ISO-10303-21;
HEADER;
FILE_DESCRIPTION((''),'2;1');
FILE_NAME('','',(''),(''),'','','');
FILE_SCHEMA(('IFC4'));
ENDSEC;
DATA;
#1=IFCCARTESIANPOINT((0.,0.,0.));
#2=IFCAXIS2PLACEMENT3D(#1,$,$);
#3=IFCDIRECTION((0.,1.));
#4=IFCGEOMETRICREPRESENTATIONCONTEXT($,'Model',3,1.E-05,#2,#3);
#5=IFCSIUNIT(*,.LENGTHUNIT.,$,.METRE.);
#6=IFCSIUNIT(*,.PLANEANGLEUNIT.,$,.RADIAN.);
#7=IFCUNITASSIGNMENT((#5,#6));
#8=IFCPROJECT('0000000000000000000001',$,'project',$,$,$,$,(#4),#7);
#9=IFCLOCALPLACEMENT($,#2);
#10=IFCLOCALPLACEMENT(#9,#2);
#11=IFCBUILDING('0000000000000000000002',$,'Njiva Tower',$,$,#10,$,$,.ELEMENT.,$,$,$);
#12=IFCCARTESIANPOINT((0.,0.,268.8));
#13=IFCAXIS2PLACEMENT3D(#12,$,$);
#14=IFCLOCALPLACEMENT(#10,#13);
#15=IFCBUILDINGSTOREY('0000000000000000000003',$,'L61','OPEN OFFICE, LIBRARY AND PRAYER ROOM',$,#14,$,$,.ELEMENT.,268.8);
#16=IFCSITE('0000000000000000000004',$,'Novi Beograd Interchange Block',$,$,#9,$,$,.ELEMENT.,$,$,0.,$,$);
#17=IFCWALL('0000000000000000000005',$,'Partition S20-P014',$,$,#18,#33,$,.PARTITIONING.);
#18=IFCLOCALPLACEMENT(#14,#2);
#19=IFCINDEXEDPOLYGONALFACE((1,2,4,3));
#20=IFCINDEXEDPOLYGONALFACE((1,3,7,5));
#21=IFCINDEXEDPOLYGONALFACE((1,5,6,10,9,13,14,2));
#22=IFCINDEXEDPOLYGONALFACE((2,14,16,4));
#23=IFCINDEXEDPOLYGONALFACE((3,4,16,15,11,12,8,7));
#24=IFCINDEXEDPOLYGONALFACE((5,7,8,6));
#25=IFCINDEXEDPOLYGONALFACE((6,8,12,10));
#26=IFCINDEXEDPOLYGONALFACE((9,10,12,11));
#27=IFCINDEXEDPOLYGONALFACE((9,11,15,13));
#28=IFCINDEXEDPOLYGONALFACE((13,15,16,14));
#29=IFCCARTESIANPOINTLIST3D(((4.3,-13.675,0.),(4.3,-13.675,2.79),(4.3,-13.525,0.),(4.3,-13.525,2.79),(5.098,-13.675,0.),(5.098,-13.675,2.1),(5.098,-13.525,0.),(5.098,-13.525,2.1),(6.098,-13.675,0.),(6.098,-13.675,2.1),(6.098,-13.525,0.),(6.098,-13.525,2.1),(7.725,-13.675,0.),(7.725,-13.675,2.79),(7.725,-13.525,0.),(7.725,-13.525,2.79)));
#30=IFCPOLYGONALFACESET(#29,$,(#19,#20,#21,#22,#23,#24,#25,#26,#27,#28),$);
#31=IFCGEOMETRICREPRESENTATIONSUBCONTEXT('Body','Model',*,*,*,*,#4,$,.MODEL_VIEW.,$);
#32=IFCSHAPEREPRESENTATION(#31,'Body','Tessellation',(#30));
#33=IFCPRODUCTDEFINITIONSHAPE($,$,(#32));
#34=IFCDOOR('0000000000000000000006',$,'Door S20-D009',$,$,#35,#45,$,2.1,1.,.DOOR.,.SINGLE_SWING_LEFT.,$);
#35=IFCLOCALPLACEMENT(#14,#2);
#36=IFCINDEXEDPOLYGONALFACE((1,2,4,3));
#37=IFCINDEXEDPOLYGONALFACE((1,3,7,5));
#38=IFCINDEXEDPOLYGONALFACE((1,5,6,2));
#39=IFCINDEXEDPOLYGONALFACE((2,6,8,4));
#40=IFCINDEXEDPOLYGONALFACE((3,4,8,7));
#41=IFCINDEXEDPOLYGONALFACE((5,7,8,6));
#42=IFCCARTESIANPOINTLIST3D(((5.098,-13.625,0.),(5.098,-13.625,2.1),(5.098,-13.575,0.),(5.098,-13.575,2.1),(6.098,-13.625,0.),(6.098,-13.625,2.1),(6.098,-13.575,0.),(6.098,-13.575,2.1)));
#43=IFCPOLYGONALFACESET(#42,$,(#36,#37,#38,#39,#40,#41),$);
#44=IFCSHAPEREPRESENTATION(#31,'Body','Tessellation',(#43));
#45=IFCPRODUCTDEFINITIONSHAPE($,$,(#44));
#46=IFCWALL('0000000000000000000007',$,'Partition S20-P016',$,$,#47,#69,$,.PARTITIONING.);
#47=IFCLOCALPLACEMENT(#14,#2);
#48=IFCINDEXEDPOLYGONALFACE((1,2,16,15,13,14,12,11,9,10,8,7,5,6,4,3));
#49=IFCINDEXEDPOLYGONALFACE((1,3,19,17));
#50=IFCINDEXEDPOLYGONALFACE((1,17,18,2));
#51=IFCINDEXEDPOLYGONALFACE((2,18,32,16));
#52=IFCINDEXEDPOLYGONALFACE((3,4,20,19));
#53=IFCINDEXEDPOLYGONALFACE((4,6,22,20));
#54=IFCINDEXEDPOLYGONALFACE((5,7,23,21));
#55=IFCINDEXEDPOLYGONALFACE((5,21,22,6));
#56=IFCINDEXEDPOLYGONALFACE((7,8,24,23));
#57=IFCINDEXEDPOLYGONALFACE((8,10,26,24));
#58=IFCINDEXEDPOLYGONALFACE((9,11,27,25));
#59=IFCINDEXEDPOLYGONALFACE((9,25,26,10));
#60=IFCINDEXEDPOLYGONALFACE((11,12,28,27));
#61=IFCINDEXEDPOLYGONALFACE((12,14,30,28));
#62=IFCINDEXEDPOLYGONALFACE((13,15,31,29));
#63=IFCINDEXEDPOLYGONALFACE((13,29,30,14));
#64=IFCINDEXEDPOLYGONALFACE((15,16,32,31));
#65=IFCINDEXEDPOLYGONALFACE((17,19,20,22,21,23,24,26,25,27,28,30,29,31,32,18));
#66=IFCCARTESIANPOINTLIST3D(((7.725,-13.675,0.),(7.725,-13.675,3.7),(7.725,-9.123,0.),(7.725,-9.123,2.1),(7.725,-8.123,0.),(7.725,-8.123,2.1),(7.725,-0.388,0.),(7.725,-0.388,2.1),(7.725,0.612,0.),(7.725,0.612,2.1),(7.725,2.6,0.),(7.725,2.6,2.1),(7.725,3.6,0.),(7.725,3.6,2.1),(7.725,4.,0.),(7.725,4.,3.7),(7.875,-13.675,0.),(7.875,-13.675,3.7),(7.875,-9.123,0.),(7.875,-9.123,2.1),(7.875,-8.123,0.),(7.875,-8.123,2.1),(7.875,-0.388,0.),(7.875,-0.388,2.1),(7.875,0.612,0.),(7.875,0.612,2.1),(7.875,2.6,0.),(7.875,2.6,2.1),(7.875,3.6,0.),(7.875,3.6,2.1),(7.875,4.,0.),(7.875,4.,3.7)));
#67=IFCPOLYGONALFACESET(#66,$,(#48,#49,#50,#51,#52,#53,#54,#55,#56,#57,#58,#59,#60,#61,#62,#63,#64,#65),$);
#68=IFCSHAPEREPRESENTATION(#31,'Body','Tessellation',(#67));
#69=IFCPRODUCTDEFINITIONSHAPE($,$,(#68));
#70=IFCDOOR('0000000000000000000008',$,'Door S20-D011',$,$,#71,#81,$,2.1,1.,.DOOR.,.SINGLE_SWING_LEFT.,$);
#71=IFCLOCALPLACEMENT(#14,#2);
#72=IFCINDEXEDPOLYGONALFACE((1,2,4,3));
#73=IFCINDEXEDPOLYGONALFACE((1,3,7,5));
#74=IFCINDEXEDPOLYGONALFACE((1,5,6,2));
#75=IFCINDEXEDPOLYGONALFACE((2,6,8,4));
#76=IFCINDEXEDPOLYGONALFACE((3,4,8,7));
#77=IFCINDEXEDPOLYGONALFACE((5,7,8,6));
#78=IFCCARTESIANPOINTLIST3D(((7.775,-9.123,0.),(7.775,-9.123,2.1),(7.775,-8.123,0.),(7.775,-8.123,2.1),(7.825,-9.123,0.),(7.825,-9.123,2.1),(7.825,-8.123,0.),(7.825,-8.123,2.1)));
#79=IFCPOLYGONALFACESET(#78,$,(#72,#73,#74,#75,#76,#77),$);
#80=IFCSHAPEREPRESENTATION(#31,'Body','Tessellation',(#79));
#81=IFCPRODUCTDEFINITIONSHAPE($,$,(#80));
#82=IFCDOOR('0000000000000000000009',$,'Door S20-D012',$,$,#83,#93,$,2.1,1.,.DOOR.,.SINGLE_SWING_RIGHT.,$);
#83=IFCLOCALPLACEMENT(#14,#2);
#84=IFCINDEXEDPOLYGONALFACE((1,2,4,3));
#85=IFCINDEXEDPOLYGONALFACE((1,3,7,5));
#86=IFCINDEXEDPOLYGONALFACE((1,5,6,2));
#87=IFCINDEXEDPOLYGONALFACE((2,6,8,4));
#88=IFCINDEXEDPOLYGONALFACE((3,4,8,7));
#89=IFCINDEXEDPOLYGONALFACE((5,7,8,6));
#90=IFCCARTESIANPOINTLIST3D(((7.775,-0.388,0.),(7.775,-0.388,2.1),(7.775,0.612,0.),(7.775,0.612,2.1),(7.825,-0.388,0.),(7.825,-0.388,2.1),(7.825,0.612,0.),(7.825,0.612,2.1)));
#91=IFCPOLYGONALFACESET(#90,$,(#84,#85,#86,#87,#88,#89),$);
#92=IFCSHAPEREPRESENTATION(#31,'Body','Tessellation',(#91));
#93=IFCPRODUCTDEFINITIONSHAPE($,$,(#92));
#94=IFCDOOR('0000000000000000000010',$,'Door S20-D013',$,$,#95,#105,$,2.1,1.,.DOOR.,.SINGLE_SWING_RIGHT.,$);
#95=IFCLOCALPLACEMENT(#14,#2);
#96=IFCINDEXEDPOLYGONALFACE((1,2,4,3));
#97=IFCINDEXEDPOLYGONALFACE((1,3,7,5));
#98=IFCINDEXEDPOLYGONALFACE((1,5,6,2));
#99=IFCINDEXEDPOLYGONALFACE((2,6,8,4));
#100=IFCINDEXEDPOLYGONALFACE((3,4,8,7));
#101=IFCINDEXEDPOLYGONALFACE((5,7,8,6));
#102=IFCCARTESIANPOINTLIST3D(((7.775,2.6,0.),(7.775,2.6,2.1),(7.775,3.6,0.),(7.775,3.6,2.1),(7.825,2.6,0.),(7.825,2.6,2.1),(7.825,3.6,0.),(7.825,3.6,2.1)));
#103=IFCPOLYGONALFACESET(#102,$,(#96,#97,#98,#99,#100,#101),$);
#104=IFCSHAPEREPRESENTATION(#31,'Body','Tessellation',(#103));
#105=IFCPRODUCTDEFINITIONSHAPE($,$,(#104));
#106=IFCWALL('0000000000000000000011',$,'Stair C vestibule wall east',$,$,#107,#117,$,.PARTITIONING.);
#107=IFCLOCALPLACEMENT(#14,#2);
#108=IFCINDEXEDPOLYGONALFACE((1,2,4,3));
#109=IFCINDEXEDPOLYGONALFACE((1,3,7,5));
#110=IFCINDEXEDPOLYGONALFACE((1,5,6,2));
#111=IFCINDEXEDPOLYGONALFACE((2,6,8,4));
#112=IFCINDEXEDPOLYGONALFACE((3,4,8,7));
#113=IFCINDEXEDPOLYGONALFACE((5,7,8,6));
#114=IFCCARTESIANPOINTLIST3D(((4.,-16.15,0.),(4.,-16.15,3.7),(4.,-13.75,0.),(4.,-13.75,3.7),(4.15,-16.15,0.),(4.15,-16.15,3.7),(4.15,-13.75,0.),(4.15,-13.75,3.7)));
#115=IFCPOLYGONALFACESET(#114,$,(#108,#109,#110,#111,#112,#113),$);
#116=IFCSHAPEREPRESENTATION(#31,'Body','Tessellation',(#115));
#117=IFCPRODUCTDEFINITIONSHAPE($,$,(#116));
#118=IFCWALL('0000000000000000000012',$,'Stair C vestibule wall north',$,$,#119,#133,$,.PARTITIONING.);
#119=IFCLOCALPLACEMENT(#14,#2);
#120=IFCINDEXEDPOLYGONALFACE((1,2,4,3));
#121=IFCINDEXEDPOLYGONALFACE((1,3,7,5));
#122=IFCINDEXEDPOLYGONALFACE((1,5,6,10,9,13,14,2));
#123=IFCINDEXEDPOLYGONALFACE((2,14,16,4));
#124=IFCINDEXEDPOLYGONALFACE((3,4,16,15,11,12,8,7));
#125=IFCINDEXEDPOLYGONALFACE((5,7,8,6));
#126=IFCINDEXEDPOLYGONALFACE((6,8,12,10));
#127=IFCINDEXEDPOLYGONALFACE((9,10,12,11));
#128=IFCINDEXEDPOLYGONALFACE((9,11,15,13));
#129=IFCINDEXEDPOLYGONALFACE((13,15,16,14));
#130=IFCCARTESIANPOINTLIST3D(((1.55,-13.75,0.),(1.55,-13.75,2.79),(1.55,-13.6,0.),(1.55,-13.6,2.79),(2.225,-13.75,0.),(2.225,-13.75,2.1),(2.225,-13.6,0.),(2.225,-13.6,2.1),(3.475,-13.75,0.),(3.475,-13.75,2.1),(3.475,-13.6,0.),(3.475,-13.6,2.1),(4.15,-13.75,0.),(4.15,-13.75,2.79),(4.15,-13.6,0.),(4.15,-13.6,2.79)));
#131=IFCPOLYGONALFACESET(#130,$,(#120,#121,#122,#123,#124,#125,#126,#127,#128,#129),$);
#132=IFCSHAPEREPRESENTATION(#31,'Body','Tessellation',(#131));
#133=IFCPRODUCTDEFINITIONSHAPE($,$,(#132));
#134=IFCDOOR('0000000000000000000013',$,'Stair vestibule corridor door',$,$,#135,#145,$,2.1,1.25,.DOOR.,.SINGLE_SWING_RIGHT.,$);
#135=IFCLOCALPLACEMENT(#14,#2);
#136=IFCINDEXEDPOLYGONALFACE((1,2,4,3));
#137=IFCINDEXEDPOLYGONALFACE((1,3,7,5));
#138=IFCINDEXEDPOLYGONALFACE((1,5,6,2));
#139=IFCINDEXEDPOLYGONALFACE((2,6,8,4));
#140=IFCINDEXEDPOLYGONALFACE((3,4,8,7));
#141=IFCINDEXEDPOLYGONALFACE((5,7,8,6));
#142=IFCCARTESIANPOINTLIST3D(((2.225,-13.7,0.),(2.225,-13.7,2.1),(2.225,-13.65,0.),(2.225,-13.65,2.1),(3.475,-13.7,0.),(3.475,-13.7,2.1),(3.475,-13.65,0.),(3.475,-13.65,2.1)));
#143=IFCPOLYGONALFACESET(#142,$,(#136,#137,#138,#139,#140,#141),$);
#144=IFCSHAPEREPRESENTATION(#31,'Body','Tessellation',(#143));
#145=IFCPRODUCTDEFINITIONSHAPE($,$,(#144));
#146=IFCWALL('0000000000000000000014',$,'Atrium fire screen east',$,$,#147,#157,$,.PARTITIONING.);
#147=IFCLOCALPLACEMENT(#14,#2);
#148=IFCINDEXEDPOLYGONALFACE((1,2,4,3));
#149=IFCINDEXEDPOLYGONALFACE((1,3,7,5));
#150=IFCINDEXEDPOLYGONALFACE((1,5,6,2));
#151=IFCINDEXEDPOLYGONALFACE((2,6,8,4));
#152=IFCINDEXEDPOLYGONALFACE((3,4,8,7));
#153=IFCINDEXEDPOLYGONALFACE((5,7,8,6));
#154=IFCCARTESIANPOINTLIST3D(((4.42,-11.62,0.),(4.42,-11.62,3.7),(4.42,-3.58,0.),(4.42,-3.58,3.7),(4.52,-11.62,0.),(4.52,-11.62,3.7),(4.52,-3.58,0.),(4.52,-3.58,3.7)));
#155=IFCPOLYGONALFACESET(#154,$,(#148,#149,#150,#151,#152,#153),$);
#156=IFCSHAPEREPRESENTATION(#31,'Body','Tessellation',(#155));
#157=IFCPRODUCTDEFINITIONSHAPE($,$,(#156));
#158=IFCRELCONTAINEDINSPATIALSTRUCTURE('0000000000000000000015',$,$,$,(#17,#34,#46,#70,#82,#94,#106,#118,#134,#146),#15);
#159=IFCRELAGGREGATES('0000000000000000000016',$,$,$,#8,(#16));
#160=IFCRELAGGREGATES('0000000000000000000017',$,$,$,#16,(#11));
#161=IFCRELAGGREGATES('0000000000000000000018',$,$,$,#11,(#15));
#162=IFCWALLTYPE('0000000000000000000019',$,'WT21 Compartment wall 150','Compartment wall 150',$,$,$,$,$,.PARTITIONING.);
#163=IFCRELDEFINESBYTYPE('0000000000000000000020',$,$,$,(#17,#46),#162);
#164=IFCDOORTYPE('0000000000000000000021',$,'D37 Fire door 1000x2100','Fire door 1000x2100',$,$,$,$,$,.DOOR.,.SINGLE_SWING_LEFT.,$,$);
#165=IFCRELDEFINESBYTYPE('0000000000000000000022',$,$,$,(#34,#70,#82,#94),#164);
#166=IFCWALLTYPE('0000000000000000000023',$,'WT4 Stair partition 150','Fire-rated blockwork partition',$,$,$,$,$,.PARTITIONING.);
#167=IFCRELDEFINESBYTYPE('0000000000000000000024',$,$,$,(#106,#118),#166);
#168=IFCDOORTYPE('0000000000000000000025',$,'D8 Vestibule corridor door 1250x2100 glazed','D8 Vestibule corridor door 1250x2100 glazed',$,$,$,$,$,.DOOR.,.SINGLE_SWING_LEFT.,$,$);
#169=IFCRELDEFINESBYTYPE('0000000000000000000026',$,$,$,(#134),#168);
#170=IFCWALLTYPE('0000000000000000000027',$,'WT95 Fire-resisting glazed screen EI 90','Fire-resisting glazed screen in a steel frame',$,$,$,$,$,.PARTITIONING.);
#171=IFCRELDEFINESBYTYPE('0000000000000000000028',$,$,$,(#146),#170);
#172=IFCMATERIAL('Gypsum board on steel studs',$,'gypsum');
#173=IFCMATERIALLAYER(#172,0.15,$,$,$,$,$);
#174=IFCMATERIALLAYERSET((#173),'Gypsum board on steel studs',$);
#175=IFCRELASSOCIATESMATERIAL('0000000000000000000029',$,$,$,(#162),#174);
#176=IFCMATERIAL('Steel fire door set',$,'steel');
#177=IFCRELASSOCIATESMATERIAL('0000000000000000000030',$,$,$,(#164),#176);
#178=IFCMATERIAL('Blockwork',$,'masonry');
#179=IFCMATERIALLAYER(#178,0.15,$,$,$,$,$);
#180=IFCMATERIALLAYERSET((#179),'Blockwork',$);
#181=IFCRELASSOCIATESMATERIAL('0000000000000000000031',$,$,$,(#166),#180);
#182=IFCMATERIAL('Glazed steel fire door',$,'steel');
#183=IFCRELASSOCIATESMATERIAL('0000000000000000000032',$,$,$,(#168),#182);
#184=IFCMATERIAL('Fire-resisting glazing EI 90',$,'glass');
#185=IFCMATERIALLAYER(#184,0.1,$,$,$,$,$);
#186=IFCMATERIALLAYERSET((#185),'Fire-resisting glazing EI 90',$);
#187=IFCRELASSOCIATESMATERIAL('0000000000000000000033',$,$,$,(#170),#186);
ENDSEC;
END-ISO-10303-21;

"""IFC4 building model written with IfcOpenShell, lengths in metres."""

from ifc_helpers import new_model, si_unit, direction, frame, frame_2d, origin, place, context, subcontext, project, spatial, rectangle, extrude, material, layer, layer_set, type_object, element, fill, save


model = new_model("IFC4")

# Units and contexts
model_context = context("Model", 3, precision=1e-05, world=origin(), true_north=direction((0.0, 1.0)))
body_context = subcontext(model_context, "Body", "Model", "MODEL_VIEW")
ifc_project = project(units=[si_unit("LENGTHUNIT", "METRE"), si_unit("PLANEANGLEUNIT", "RADIAN")], contexts=[model_context])

# Site, building, storey
site_placement = place(None, origin())
site = spatial("IfcSite", under=ifc_project, at=site_placement, Name="Novi Beograd Interchange Block", CompositionType="ELEMENT", RefElevation=0.0)
building_placement = place(site_placement, origin())
building = spatial("IfcBuilding", under=site, at=building_placement, Name="Njiva Tower", CompositionType="ELEMENT")
storey_placement = place(building_placement, frame((0.0, 0.0, 268.8)))
storey = spatial("IfcBuildingStorey", under=building, at=storey_placement, Name="L61", Description="OPEN OFFICE, LIBRARY AND PRAYER ROOM", CompositionType="ELEMENT", Elevation=268.8)

# Wall, opening, door
ifc_material_1 = material(Name="Gypsum board on steel studs", Category="gypsum")
ifc_layer_1 = layer(ifc_material_1, 0.15)
ifc_layer_set_1 = layer_set([ifc_layer_1], Name="Gypsum board on steel studs")
wall_type_1 = type_object("IfcWallType", Name="WT21 Compartment wall 150", Description="Compartment wall 150", PredefinedType="PARTITIONING", material=ifc_layer_set_1)
wall_1_placement = place(storey_placement, frame((4.3, -13.6, 0.0), z_axis=(0.0, 0.0, 1.0), x_axis=(1.0, 0.0, 0.0)))
wall_1 = element("IfcWall", 1, at=wall_1_placement, inside=storey, type_object=wall_type_1, Name="Partition S20-P014", PredefinedType="PARTITIONING", context=body_context, shape_type="SweptSolid", body=[
    extrude(rectangle(XDim=3.425, YDim=0.15, at=frame_2d((1.7125, 0.0))), origin(), (0.0, 0.0, 1.0), 2.79),
])
opening_1_placement = place(wall_1_placement, frame((0.798, 0.0, 0.0)))
opening_1 = element("IfcOpeningElement", 2, at=opening_1_placement, cuts=wall_1, PredefinedType="OPENING", context=body_context, shape_type="SweptSolid", body=[
    extrude(rectangle(XDim=1.0, YDim=2.1, at=frame_2d((0.5, 1.05))), frame((0.0, 0.085, 0.0), z_axis=(0.0, -1.0, 0.0), x_axis=(1.0, 0.0, 0.0)), (0.0, 0.0, 1.0), 0.17),
])
ifc_material_2 = material(Name="Steel fire door set", Category="steel")
door_type_1 = type_object("IfcDoorType", Name="D37 Fire door 1000x2100", Description="Fire door 1000x2100", OperationType="SINGLE_SWING_LEFT", PredefinedType="DOOR", material=ifc_material_2)
door_1_placement = place(opening_1_placement, origin())
door_1 = element("IfcDoor", 3, at=door_1_placement, inside=storey, type_object=door_type_1, Name="Door S20-D009", OperationType="SINGLE_SWING_LEFT", OverallHeight=2.1, OverallWidth=1.0, PredefinedType="DOOR", context=body_context, shape_type="SweptSolid", body=[
    extrude(rectangle(XDim=1.0, YDim=2.1, at=frame_2d((0.5, 1.05))), frame((0.0, 0.025, 0.0), z_axis=(0.0, -1.0, 0.0), x_axis=(1.0, 0.0, 0.0)), (0.0, 0.0, 1.0), 0.05),
])
fill(opening_1, door_1)

# Wall, openings, doors
wall_2_placement = place(storey_placement, frame((7.8, -13.675, 0.0), z_axis=(0.0, 0.0, 1.0), x_axis=(0.0, 1.0, 0.0)))
wall_2 = element("IfcWall", 4, at=wall_2_placement, inside=storey, type_object=wall_type_1, Name="Partition S20-P016", PredefinedType="PARTITIONING", context=body_context, shape_type="SweptSolid", body=[
    extrude(rectangle(XDim=17.675, YDim=0.15, at=frame_2d((8.8375, 0.0))), origin(), (0.0, 0.0, 1.0), 3.7),
])
opening_2_placement = place(wall_2_placement, frame((4.552, 0.0, 0.0)))
opening_2 = element("IfcOpeningElement", 5, at=opening_2_placement, cuts=wall_2, PredefinedType="OPENING", context=body_context, shape_type="SweptSolid", body=[
    extrude(rectangle(XDim=1.0, YDim=2.1, at=frame_2d((0.5, 1.05))), frame((0.0, 0.085, 0.0), z_axis=(0.0, -1.0, 0.0), x_axis=(1.0, 0.0, 0.0)), (0.0, 0.0, 1.0), 0.17),
])
opening_3_placement = place(wall_2_placement, frame((13.287, 0.0, 0.0)))
opening_3 = element("IfcOpeningElement", 6, at=opening_3_placement, cuts=wall_2, PredefinedType="OPENING", context=body_context, shape_type="SweptSolid", body=[
    extrude(rectangle(XDim=1.0, YDim=2.1, at=frame_2d((0.5, 1.05))), frame((0.0, 0.085, 0.0), z_axis=(0.0, -1.0, 0.0), x_axis=(1.0, 0.0, 0.0)), (0.0, 0.0, 1.0), 0.17),
])
opening_4_placement = place(wall_2_placement, frame((16.275, 0.0, 0.0)))
opening_4 = element("IfcOpeningElement", 7, at=opening_4_placement, cuts=wall_2, PredefinedType="OPENING", context=body_context, shape_type="SweptSolid", body=[
    extrude(rectangle(XDim=1.0, YDim=2.1, at=frame_2d((0.5, 1.05))), frame((0.0, 0.085, 0.0), z_axis=(0.0, -1.0, 0.0), x_axis=(1.0, 0.0, 0.0)), (0.0, 0.0, 1.0), 0.17),
])
door_2_placement = place(opening_2_placement, origin())
door_2 = element("IfcDoor", 8, at=door_2_placement, inside=storey, type_object=door_type_1, Name="Door S20-D011", OperationType="SINGLE_SWING_LEFT", OverallHeight=2.1, OverallWidth=1.0, PredefinedType="DOOR", context=body_context, shape_type="SweptSolid", body=[
    extrude(rectangle(XDim=1.0, YDim=2.1, at=frame_2d((0.5, 1.05))), frame((0.0, 0.025, 0.0), z_axis=(0.0, -1.0, 0.0), x_axis=(1.0, 0.0, 0.0)), (0.0, 0.0, 1.0), 0.05),
])
fill(opening_2, door_2)
door_3_placement = place(opening_3_placement, origin())
door_3 = element("IfcDoor", 9, at=door_3_placement, inside=storey, type_object=door_type_1, Name="Door S20-D012", OperationType="SINGLE_SWING_RIGHT", OverallHeight=2.1, OverallWidth=1.0, PredefinedType="DOOR", context=body_context, shape_type="SweptSolid", body=[
    extrude(rectangle(XDim=1.0, YDim=2.1, at=frame_2d((0.5, 1.05))), frame((0.0, 0.025, 0.0), z_axis=(0.0, -1.0, 0.0), x_axis=(1.0, 0.0, 0.0)), (0.0, 0.0, 1.0), 0.05),
])
fill(opening_3, door_3)
door_4_placement = place(opening_4_placement, origin())
door_4 = element("IfcDoor", 10, at=door_4_placement, inside=storey, type_object=door_type_1, Name="Door S20-D013", OperationType="SINGLE_SWING_RIGHT", OverallHeight=2.1, OverallWidth=1.0, PredefinedType="DOOR", context=body_context, shape_type="SweptSolid", body=[
    extrude(rectangle(XDim=1.0, YDim=2.1, at=frame_2d((0.5, 1.05))), frame((0.0, 0.025, 0.0), z_axis=(0.0, -1.0, 0.0), x_axis=(1.0, 0.0, 0.0)), (0.0, 0.0, 1.0), 0.05),
])
fill(opening_4, door_4)

# Wall
ifc_material_3 = material(Name="Blockwork", Category="masonry")
ifc_layer_2 = layer(ifc_material_3, 0.15)
ifc_layer_set_2 = layer_set([ifc_layer_2], Name="Blockwork")
wall_type_2 = type_object("IfcWallType", Name="WT4 Stair partition 150", Description="Fire-rated blockwork partition", PredefinedType="PARTITIONING", material=ifc_layer_set_2)
wall_3_placement = place(storey_placement, frame((4.075, -16.15, 0.0), z_axis=(0.0, 0.0, 1.0), x_axis=(0.0, 1.0, 0.0)))
element("IfcWall", 11, at=wall_3_placement, inside=storey, type_object=wall_type_2, Name="Stair C vestibule wall east", PredefinedType="PARTITIONING", context=body_context, shape_type="SweptSolid", body=[
    extrude(rectangle(XDim=2.4, YDim=0.15, at=frame_2d((1.2, 0.0))), origin(), (0.0, 0.0, 1.0), 3.7),
])

# Wall, opening, door
wall_4_placement = place(storey_placement, frame((1.55, -13.675, 0.0), z_axis=(0.0, 0.0, 1.0), x_axis=(1.0, 0.0, 0.0)))
wall_4 = element("IfcWall", 12, at=wall_4_placement, inside=storey, type_object=wall_type_2, Name="Stair C vestibule wall north", PredefinedType="PARTITIONING", context=body_context, shape_type="SweptSolid", body=[
    extrude(rectangle(XDim=2.6, YDim=0.15, at=frame_2d((1.3, 0.0))), origin(), (0.0, 0.0, 1.0), 2.79),
])
opening_5_placement = place(wall_4_placement, frame((0.675, 0.0, 0.0)))
opening_5 = element("IfcOpeningElement", 13, at=opening_5_placement, cuts=wall_4, PredefinedType="OPENING", context=body_context, shape_type="SweptSolid", body=[
    extrude(rectangle(XDim=1.25, YDim=2.1, at=frame_2d((0.625, 1.05))), frame((0.0, 0.085, 0.0), z_axis=(0.0, -1.0, 0.0), x_axis=(1.0, 0.0, 0.0)), (0.0, 0.0, 1.0), 0.17),
])
ifc_material_4 = material(Name="Glazed steel fire door", Category="steel")
door_type_2 = type_object("IfcDoorType", Name="D8 Vestibule corridor door 1250x2100 glazed", Description="D8 Vestibule corridor door 1250x2100 glazed", OperationType="SINGLE_SWING_LEFT", PredefinedType="DOOR", material=ifc_material_4)
door_5_placement = place(opening_5_placement, origin())
door_5 = element("IfcDoor", 14, at=door_5_placement, inside=storey, type_object=door_type_2, Name="Stair vestibule corridor door", OperationType="SINGLE_SWING_RIGHT", OverallHeight=2.1, OverallWidth=1.25, PredefinedType="DOOR", context=body_context, shape_type="SweptSolid", body=[
    extrude(rectangle(XDim=1.25, YDim=2.1, at=frame_2d((0.625, 1.05))), frame((0.0, 0.025, 0.0), z_axis=(0.0, -1.0, 0.0), x_axis=(1.0, 0.0, 0.0)), (0.0, 0.0, 1.0), 0.05),
])
fill(opening_5, door_5)

# Wall
ifc_material_5 = material(Name="Fire-resisting glazing EI 90", Category="glass")
ifc_layer_3 = layer(ifc_material_5, 0.1)
ifc_layer_set_3 = layer_set([ifc_layer_3], Name="Fire-resisting glazing EI 90")
wall_type_3 = type_object("IfcWallType", Name="WT95 Fire-resisting glazed screen EI 90", Description="Fire-resisting glazed screen in a steel frame", PredefinedType="PARTITIONING", material=ifc_layer_set_3)
wall_5_placement = place(storey_placement, frame((4.47, -11.62, 0.0), z_axis=(0.0, 0.0, 1.0), x_axis=(0.0, 1.0, 0.0)))
element("IfcWall", 15, at=wall_5_placement, inside=storey, type_object=wall_type_3, Name="Atrium fire screen east", PredefinedType="PARTITIONING", context=body_context, shape_type="SweptSolid", body=[
    extrude(rectangle(XDim=8.04, YDim=0.1, at=frame_2d((4.02, 0.0))), origin(), (0.0, 0.0, 1.0), 3.7),
])

save(model, "model.ifc")
